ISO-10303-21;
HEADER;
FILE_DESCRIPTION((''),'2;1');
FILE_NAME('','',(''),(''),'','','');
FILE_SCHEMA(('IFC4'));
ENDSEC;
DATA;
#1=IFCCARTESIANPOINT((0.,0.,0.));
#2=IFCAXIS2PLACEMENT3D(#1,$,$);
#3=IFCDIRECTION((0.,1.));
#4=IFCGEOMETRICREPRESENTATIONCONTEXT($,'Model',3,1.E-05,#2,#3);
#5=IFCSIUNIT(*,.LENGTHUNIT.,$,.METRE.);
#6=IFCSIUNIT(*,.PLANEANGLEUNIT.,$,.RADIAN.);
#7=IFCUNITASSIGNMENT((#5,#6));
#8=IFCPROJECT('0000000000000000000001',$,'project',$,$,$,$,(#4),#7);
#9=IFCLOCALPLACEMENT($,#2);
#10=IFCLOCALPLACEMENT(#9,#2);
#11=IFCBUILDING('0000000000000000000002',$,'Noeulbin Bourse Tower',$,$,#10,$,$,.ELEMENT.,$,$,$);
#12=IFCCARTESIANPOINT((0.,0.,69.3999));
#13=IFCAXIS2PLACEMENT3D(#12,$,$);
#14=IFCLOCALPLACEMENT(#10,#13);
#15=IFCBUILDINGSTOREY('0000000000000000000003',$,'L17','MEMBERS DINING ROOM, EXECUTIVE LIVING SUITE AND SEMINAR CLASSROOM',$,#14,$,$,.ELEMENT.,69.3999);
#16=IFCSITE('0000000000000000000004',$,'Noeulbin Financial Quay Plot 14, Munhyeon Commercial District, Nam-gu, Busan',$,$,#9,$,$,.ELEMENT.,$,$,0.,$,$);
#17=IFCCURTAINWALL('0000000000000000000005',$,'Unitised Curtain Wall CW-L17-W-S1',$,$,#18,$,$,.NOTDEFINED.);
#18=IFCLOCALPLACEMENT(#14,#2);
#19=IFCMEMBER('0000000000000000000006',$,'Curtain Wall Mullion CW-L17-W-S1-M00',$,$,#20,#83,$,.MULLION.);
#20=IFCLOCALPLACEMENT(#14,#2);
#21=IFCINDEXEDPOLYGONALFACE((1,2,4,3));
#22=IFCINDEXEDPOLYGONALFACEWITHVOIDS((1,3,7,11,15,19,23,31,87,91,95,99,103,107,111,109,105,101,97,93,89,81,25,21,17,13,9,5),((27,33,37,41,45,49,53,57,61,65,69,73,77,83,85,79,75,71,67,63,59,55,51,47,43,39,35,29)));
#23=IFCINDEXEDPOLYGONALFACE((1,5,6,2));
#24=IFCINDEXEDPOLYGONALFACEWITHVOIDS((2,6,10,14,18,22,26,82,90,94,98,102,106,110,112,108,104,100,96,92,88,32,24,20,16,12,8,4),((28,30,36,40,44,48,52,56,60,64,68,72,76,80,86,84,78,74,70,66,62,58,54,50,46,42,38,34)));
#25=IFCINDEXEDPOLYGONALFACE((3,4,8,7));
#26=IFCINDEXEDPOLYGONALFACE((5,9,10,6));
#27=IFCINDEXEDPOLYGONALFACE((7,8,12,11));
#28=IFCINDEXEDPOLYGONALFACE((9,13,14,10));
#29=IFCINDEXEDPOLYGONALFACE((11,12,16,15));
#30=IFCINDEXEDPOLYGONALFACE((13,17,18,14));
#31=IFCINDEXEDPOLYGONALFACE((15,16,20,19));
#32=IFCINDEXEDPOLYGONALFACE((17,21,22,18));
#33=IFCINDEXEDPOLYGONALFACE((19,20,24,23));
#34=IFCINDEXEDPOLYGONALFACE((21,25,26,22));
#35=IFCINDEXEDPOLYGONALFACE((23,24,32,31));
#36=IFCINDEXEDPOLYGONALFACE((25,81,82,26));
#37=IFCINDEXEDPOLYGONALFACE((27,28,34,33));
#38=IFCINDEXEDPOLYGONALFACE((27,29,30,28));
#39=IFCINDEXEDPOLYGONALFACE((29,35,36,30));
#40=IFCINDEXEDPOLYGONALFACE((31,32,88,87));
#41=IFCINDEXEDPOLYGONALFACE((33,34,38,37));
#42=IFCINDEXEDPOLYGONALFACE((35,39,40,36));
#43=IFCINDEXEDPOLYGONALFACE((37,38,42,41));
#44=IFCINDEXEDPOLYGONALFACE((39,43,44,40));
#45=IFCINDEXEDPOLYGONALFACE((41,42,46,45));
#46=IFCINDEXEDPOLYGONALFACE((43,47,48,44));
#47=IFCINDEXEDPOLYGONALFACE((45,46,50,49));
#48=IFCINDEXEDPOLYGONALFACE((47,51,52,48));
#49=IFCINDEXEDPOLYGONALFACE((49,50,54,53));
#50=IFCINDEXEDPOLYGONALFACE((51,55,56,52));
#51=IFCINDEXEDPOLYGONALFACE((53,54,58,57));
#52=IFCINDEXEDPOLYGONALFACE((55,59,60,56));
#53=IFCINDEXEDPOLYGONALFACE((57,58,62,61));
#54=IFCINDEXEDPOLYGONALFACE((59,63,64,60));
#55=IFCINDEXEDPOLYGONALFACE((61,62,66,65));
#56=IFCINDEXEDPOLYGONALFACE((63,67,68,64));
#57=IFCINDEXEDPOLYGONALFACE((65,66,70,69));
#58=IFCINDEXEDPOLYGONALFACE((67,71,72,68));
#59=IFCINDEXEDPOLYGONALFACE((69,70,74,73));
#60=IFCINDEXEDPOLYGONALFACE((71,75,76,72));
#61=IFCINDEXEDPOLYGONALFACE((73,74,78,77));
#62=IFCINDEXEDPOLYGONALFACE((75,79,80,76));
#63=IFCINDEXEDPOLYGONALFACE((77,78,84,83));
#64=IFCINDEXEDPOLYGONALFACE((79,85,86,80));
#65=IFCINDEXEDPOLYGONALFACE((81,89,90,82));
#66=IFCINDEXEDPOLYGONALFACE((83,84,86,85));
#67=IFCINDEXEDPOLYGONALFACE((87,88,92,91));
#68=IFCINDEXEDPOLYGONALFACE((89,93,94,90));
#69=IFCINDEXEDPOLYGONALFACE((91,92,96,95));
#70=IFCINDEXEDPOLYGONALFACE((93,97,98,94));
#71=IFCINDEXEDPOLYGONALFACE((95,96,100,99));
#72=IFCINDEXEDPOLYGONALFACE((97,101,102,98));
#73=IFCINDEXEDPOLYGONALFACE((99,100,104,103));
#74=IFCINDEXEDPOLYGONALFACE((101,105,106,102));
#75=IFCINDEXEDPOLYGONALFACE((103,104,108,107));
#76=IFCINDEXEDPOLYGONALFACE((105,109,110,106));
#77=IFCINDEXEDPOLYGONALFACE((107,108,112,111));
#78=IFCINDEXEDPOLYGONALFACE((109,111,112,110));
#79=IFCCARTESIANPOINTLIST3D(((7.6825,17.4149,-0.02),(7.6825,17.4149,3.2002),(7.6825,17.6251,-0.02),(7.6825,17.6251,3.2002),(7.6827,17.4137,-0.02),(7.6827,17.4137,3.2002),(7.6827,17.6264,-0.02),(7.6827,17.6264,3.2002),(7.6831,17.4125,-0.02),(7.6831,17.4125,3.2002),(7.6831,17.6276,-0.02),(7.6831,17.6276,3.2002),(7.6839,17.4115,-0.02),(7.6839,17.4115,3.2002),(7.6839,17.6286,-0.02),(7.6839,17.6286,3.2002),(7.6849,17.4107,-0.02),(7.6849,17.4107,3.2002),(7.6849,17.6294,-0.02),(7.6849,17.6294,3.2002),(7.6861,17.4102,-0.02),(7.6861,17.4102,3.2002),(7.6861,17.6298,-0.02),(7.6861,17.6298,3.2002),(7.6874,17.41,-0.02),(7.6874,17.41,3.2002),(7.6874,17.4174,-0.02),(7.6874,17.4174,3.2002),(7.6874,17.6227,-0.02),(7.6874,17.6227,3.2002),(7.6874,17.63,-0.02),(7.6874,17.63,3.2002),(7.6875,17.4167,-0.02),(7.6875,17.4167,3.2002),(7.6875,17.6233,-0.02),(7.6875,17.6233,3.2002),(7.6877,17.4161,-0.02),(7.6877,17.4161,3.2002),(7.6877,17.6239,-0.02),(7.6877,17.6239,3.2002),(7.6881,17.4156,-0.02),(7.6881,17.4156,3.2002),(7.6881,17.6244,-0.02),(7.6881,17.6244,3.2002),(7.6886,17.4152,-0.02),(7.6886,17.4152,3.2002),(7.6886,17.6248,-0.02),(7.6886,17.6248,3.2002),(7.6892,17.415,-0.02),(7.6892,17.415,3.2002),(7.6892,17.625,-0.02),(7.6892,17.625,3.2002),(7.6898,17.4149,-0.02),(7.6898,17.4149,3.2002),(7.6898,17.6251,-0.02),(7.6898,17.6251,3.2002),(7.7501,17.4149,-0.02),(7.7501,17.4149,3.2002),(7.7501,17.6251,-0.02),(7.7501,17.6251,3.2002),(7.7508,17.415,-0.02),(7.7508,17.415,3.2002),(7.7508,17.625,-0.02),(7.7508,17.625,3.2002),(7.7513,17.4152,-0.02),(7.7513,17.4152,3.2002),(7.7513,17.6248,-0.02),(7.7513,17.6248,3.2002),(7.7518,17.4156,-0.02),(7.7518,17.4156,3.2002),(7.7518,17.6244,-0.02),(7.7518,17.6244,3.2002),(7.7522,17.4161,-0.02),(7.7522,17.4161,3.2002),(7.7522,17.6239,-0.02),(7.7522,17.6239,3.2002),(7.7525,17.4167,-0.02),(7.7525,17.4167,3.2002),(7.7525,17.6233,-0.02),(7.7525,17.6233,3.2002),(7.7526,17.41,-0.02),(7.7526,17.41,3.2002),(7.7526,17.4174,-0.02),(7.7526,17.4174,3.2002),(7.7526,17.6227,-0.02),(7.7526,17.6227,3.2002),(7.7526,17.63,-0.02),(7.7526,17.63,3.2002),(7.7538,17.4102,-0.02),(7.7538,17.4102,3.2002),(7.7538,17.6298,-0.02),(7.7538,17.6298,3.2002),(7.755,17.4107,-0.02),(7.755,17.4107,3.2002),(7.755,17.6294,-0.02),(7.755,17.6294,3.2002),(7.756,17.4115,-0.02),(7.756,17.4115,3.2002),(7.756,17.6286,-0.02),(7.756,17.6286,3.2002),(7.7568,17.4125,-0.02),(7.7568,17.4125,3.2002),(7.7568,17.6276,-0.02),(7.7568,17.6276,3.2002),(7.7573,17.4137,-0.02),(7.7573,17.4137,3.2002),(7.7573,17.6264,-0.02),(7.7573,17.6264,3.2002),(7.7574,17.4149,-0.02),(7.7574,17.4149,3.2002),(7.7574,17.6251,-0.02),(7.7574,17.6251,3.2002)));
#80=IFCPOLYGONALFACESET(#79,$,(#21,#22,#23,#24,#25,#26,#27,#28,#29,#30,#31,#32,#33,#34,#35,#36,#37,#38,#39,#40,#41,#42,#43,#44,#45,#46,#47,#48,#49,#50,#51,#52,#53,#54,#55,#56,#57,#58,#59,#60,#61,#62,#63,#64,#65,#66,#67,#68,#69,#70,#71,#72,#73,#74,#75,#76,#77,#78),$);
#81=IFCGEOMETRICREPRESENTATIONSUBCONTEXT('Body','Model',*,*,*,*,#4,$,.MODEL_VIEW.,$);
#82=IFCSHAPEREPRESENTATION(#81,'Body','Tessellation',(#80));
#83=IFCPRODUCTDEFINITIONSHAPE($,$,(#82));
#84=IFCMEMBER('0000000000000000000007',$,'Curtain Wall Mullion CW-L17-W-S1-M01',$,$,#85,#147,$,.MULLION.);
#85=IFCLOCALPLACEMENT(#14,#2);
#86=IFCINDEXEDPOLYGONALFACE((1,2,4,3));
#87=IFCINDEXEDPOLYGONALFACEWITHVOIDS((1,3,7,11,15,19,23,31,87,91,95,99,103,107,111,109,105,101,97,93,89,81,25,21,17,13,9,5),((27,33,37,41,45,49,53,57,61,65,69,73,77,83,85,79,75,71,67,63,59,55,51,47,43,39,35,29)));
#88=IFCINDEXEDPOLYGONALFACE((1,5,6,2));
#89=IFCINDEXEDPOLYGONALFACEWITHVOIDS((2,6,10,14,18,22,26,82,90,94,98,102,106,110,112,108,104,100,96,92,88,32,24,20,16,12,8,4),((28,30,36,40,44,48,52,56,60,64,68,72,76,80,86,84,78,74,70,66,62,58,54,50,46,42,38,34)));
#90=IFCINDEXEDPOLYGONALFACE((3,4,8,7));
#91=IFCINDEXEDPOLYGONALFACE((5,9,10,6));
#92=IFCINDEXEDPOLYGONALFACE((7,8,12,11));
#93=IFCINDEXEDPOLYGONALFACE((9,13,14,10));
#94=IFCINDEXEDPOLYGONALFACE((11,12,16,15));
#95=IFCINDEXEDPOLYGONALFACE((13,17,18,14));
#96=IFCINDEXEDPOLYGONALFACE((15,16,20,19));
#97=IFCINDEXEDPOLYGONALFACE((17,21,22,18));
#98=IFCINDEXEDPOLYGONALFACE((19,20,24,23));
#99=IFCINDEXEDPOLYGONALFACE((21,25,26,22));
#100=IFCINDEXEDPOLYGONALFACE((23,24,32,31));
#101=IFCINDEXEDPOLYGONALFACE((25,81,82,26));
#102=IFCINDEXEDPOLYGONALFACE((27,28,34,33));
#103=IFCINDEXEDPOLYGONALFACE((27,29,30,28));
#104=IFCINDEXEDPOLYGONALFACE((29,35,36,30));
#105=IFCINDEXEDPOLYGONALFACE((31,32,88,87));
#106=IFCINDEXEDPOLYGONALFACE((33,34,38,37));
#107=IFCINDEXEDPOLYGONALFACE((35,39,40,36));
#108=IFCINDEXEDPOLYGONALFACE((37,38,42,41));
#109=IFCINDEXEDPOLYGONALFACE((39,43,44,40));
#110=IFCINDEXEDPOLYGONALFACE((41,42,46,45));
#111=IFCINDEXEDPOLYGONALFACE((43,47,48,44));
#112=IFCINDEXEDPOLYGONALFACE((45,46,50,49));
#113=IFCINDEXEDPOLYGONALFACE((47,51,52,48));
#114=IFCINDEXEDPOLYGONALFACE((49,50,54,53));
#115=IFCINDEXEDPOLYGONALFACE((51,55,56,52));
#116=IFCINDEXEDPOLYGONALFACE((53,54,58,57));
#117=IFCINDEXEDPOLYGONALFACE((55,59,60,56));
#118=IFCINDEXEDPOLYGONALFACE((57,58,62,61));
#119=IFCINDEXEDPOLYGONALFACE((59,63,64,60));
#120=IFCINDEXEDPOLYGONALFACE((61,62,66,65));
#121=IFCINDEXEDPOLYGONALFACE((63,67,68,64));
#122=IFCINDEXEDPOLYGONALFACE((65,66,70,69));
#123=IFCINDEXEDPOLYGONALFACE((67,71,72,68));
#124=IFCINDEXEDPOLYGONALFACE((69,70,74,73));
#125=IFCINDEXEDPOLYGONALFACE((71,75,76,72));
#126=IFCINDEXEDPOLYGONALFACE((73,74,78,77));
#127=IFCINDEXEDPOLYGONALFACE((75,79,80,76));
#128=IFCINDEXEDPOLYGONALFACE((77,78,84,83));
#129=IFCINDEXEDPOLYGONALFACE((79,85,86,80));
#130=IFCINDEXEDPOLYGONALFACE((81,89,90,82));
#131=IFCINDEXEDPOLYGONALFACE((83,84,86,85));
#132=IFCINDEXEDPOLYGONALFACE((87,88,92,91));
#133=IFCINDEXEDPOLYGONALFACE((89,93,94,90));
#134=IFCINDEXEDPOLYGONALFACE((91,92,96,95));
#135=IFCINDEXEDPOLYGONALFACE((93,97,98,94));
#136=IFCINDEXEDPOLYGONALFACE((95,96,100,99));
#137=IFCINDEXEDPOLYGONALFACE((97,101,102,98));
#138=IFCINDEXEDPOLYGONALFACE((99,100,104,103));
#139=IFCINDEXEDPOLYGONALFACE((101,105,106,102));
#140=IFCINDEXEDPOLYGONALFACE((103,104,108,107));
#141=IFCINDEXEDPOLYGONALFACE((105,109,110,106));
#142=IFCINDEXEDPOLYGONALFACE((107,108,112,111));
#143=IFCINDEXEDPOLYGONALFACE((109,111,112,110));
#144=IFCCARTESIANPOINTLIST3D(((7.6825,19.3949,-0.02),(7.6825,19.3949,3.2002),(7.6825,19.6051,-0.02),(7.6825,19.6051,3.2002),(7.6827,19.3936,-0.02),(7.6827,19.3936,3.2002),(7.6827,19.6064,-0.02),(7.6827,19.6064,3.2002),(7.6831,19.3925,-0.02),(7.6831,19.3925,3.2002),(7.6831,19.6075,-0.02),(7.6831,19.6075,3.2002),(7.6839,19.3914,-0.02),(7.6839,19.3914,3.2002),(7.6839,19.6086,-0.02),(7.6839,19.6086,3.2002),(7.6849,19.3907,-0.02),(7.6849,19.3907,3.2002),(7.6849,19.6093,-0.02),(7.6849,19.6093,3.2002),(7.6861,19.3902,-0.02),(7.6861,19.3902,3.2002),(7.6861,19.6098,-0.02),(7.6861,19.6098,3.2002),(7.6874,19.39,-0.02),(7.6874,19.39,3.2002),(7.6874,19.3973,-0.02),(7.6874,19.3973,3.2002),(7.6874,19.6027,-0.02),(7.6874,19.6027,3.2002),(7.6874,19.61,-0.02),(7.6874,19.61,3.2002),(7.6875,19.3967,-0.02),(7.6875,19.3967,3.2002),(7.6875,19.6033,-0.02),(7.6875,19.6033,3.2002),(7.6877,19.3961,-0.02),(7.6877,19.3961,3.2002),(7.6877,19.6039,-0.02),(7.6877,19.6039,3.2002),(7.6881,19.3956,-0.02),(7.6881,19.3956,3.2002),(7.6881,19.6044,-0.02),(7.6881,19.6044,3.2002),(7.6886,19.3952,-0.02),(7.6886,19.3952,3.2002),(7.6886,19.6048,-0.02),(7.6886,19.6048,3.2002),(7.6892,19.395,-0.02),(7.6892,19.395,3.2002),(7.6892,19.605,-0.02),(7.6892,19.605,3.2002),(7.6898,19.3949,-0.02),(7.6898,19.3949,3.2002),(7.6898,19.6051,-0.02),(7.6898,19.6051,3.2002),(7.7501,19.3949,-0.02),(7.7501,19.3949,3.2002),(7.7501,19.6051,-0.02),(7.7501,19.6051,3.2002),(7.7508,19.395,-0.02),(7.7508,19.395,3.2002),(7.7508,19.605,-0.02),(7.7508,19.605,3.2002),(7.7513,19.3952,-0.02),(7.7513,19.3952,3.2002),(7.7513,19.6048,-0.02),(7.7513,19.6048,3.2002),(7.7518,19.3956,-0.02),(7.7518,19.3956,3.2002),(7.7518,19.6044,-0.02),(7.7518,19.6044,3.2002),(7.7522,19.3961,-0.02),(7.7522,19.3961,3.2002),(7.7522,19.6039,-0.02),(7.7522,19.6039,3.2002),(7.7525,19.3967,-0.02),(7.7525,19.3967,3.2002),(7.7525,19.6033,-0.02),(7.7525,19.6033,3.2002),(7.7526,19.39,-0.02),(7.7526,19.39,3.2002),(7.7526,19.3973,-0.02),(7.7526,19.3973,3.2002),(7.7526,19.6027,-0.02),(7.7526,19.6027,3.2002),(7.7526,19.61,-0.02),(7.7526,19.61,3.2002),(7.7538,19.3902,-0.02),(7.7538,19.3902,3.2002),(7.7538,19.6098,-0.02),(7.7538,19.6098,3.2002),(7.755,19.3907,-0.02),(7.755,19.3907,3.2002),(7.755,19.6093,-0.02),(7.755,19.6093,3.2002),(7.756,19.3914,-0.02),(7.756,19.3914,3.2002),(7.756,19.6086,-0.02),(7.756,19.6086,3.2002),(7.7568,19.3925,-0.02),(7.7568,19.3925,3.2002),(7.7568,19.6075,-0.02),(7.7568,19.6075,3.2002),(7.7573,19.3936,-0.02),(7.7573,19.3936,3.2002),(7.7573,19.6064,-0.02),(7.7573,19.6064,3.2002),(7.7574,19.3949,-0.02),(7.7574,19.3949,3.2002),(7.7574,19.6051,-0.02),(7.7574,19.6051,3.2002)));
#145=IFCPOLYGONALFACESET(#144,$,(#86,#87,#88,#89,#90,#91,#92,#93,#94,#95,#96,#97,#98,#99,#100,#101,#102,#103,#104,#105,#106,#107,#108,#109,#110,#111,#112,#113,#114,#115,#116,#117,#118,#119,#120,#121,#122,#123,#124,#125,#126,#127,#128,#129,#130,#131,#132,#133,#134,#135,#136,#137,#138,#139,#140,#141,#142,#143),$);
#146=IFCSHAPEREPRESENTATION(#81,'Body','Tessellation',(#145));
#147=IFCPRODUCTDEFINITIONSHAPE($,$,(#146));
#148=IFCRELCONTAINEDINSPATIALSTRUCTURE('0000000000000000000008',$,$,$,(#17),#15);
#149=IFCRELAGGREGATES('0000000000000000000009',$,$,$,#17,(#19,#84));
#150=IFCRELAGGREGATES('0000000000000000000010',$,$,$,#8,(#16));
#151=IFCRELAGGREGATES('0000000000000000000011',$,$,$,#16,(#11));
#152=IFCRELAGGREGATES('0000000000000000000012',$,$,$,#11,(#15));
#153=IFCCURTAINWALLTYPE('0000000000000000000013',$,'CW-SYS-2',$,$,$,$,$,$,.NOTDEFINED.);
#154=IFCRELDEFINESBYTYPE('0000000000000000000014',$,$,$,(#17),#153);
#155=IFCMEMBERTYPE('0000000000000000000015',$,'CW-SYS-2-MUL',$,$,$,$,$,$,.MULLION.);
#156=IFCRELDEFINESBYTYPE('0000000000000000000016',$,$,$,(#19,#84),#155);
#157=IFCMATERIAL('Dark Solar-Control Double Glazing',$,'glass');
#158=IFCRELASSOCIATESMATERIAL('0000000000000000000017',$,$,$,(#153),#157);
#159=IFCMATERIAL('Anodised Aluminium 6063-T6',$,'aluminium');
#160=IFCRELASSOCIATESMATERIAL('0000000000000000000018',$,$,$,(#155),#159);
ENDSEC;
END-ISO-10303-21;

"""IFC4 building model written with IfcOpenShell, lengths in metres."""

from ifc_helpers import new_model, si_unit, direction, frame, origin, origin_2d, place, context, subcontext, project, spatial, hollow_rectangle, extrude, material, material_profile, profile_set, type_object, element, aggregate, save


model = new_model("IFC4")

# Units and contexts
model_context = context("Model", 3, precision=1e-05, world=origin(), true_north=direction((0.0, 1.0)))
body_context = subcontext(model_context, "Body", "Model", "MODEL_VIEW")
ifc_project = project(units=[si_unit("LENGTHUNIT", "METRE"), si_unit("PLANEANGLEUNIT", "RADIAN")], contexts=[model_context])

# Site, building, storey
site_placement = place(None, origin())
site = spatial("IfcSite", under=ifc_project, at=site_placement, Name="Noeulbin Financial Quay Plot 14, Munhyeon Commercial District, Nam-gu, Busan", CompositionType="ELEMENT", RefElevation=0.0)
building_placement = place(site_placement, origin())
building = spatial("IfcBuilding", under=site, at=building_placement, Name="Noeulbin Bourse Tower", CompositionType="ELEMENT")
storey_placement = place(building_placement, frame((0.0, 0.0, 69.3999)))
storey = spatial("IfcBuildingStorey", under=building, at=storey_placement, Name="L17", Description="MEMBERS DINING ROOM, EXECUTIVE LIVING SUITE AND SEMINAR CLASSROOM", CompositionType="ELEMENT", Elevation=69.3999)

# Curtain wall, members
ifc_material_1 = material(Name="Dark Solar-Control Double Glazing", Category="glass")
curtain_wall_type = type_object("IfcCurtainWallType", Name="CW-SYS-2", PredefinedType="NOTDEFINED", material=ifc_material_1)
curtain_wall_1_placement = place(storey_placement, origin())
curtain_wall_1 = element("IfcCurtainWall", 1, at=curtain_wall_1_placement, inside=storey, type_object=curtain_wall_type, Name="Unitised Curtain Wall CW-L17-W-S1", PredefinedType="NOTDEFINED")
ifc_material_2 = material(Name="Anodised Aluminium 6063-T6", Category="aluminium")
ifc_material_profile_1 = material_profile(ifc_material_2, hollow_rectangle(XDim=0.075, YDim=0.22, WallThickness=0.0049, InnerFilletRadius=0.0024, OuterFilletRadius=0.0049, at=origin_2d()), Name="ALU-MULL-75x220x5", Category="LoadBearing")
ifc_profile_set_1 = profile_set([ifc_material_profile_1], Name="Anodised Aluminium 6063-T6")
member_type_1 = type_object("IfcMemberType", Name="CW-SYS-2-MUL", PredefinedType="MULLION", material=ifc_profile_set_1)
member_1_placement = place(storey_placement, frame((7.72, 17.52, -0.02), z_axis=(0.0, 0.0, 1.0), x_axis=(1.0, 0.0, 0.0)))
member_1 = element("IfcMember", 2, at=member_1_placement, type_object=member_type_1, Name="Curtain Wall Mullion CW-L17-W-S1-M00", PredefinedType="MULLION", context=body_context, shape_type="SweptSolid", body=[
    extrude(hollow_rectangle(XDim=0.075, YDim=0.22, WallThickness=0.0049, InnerFilletRadius=0.0024, OuterFilletRadius=0.0049, at=origin_2d()), origin(), (0.0, 0.0, 1.0), 3.2202),
])
member_2_placement = place(storey_placement, frame((7.72, 19.5, -0.02), z_axis=(0.0, 0.0, 1.0), x_axis=(1.0, 0.0, 0.0)))
member_2 = element("IfcMember", 3, at=member_2_placement, type_object=member_type_1, Name="Curtain Wall Mullion CW-L17-W-S1-M01", PredefinedType="MULLION", context=body_context, shape_type="SweptSolid", body=[
    extrude(hollow_rectangle(XDim=0.075, YDim=0.22, WallThickness=0.0049, InnerFilletRadius=0.0024, OuterFilletRadius=0.0049, at=origin_2d()), origin(), (0.0, 0.0, 1.0), 3.2202),
])

aggregate(curtain_wall_1, [member_1, member_2])

save(model, "model.ifc")
